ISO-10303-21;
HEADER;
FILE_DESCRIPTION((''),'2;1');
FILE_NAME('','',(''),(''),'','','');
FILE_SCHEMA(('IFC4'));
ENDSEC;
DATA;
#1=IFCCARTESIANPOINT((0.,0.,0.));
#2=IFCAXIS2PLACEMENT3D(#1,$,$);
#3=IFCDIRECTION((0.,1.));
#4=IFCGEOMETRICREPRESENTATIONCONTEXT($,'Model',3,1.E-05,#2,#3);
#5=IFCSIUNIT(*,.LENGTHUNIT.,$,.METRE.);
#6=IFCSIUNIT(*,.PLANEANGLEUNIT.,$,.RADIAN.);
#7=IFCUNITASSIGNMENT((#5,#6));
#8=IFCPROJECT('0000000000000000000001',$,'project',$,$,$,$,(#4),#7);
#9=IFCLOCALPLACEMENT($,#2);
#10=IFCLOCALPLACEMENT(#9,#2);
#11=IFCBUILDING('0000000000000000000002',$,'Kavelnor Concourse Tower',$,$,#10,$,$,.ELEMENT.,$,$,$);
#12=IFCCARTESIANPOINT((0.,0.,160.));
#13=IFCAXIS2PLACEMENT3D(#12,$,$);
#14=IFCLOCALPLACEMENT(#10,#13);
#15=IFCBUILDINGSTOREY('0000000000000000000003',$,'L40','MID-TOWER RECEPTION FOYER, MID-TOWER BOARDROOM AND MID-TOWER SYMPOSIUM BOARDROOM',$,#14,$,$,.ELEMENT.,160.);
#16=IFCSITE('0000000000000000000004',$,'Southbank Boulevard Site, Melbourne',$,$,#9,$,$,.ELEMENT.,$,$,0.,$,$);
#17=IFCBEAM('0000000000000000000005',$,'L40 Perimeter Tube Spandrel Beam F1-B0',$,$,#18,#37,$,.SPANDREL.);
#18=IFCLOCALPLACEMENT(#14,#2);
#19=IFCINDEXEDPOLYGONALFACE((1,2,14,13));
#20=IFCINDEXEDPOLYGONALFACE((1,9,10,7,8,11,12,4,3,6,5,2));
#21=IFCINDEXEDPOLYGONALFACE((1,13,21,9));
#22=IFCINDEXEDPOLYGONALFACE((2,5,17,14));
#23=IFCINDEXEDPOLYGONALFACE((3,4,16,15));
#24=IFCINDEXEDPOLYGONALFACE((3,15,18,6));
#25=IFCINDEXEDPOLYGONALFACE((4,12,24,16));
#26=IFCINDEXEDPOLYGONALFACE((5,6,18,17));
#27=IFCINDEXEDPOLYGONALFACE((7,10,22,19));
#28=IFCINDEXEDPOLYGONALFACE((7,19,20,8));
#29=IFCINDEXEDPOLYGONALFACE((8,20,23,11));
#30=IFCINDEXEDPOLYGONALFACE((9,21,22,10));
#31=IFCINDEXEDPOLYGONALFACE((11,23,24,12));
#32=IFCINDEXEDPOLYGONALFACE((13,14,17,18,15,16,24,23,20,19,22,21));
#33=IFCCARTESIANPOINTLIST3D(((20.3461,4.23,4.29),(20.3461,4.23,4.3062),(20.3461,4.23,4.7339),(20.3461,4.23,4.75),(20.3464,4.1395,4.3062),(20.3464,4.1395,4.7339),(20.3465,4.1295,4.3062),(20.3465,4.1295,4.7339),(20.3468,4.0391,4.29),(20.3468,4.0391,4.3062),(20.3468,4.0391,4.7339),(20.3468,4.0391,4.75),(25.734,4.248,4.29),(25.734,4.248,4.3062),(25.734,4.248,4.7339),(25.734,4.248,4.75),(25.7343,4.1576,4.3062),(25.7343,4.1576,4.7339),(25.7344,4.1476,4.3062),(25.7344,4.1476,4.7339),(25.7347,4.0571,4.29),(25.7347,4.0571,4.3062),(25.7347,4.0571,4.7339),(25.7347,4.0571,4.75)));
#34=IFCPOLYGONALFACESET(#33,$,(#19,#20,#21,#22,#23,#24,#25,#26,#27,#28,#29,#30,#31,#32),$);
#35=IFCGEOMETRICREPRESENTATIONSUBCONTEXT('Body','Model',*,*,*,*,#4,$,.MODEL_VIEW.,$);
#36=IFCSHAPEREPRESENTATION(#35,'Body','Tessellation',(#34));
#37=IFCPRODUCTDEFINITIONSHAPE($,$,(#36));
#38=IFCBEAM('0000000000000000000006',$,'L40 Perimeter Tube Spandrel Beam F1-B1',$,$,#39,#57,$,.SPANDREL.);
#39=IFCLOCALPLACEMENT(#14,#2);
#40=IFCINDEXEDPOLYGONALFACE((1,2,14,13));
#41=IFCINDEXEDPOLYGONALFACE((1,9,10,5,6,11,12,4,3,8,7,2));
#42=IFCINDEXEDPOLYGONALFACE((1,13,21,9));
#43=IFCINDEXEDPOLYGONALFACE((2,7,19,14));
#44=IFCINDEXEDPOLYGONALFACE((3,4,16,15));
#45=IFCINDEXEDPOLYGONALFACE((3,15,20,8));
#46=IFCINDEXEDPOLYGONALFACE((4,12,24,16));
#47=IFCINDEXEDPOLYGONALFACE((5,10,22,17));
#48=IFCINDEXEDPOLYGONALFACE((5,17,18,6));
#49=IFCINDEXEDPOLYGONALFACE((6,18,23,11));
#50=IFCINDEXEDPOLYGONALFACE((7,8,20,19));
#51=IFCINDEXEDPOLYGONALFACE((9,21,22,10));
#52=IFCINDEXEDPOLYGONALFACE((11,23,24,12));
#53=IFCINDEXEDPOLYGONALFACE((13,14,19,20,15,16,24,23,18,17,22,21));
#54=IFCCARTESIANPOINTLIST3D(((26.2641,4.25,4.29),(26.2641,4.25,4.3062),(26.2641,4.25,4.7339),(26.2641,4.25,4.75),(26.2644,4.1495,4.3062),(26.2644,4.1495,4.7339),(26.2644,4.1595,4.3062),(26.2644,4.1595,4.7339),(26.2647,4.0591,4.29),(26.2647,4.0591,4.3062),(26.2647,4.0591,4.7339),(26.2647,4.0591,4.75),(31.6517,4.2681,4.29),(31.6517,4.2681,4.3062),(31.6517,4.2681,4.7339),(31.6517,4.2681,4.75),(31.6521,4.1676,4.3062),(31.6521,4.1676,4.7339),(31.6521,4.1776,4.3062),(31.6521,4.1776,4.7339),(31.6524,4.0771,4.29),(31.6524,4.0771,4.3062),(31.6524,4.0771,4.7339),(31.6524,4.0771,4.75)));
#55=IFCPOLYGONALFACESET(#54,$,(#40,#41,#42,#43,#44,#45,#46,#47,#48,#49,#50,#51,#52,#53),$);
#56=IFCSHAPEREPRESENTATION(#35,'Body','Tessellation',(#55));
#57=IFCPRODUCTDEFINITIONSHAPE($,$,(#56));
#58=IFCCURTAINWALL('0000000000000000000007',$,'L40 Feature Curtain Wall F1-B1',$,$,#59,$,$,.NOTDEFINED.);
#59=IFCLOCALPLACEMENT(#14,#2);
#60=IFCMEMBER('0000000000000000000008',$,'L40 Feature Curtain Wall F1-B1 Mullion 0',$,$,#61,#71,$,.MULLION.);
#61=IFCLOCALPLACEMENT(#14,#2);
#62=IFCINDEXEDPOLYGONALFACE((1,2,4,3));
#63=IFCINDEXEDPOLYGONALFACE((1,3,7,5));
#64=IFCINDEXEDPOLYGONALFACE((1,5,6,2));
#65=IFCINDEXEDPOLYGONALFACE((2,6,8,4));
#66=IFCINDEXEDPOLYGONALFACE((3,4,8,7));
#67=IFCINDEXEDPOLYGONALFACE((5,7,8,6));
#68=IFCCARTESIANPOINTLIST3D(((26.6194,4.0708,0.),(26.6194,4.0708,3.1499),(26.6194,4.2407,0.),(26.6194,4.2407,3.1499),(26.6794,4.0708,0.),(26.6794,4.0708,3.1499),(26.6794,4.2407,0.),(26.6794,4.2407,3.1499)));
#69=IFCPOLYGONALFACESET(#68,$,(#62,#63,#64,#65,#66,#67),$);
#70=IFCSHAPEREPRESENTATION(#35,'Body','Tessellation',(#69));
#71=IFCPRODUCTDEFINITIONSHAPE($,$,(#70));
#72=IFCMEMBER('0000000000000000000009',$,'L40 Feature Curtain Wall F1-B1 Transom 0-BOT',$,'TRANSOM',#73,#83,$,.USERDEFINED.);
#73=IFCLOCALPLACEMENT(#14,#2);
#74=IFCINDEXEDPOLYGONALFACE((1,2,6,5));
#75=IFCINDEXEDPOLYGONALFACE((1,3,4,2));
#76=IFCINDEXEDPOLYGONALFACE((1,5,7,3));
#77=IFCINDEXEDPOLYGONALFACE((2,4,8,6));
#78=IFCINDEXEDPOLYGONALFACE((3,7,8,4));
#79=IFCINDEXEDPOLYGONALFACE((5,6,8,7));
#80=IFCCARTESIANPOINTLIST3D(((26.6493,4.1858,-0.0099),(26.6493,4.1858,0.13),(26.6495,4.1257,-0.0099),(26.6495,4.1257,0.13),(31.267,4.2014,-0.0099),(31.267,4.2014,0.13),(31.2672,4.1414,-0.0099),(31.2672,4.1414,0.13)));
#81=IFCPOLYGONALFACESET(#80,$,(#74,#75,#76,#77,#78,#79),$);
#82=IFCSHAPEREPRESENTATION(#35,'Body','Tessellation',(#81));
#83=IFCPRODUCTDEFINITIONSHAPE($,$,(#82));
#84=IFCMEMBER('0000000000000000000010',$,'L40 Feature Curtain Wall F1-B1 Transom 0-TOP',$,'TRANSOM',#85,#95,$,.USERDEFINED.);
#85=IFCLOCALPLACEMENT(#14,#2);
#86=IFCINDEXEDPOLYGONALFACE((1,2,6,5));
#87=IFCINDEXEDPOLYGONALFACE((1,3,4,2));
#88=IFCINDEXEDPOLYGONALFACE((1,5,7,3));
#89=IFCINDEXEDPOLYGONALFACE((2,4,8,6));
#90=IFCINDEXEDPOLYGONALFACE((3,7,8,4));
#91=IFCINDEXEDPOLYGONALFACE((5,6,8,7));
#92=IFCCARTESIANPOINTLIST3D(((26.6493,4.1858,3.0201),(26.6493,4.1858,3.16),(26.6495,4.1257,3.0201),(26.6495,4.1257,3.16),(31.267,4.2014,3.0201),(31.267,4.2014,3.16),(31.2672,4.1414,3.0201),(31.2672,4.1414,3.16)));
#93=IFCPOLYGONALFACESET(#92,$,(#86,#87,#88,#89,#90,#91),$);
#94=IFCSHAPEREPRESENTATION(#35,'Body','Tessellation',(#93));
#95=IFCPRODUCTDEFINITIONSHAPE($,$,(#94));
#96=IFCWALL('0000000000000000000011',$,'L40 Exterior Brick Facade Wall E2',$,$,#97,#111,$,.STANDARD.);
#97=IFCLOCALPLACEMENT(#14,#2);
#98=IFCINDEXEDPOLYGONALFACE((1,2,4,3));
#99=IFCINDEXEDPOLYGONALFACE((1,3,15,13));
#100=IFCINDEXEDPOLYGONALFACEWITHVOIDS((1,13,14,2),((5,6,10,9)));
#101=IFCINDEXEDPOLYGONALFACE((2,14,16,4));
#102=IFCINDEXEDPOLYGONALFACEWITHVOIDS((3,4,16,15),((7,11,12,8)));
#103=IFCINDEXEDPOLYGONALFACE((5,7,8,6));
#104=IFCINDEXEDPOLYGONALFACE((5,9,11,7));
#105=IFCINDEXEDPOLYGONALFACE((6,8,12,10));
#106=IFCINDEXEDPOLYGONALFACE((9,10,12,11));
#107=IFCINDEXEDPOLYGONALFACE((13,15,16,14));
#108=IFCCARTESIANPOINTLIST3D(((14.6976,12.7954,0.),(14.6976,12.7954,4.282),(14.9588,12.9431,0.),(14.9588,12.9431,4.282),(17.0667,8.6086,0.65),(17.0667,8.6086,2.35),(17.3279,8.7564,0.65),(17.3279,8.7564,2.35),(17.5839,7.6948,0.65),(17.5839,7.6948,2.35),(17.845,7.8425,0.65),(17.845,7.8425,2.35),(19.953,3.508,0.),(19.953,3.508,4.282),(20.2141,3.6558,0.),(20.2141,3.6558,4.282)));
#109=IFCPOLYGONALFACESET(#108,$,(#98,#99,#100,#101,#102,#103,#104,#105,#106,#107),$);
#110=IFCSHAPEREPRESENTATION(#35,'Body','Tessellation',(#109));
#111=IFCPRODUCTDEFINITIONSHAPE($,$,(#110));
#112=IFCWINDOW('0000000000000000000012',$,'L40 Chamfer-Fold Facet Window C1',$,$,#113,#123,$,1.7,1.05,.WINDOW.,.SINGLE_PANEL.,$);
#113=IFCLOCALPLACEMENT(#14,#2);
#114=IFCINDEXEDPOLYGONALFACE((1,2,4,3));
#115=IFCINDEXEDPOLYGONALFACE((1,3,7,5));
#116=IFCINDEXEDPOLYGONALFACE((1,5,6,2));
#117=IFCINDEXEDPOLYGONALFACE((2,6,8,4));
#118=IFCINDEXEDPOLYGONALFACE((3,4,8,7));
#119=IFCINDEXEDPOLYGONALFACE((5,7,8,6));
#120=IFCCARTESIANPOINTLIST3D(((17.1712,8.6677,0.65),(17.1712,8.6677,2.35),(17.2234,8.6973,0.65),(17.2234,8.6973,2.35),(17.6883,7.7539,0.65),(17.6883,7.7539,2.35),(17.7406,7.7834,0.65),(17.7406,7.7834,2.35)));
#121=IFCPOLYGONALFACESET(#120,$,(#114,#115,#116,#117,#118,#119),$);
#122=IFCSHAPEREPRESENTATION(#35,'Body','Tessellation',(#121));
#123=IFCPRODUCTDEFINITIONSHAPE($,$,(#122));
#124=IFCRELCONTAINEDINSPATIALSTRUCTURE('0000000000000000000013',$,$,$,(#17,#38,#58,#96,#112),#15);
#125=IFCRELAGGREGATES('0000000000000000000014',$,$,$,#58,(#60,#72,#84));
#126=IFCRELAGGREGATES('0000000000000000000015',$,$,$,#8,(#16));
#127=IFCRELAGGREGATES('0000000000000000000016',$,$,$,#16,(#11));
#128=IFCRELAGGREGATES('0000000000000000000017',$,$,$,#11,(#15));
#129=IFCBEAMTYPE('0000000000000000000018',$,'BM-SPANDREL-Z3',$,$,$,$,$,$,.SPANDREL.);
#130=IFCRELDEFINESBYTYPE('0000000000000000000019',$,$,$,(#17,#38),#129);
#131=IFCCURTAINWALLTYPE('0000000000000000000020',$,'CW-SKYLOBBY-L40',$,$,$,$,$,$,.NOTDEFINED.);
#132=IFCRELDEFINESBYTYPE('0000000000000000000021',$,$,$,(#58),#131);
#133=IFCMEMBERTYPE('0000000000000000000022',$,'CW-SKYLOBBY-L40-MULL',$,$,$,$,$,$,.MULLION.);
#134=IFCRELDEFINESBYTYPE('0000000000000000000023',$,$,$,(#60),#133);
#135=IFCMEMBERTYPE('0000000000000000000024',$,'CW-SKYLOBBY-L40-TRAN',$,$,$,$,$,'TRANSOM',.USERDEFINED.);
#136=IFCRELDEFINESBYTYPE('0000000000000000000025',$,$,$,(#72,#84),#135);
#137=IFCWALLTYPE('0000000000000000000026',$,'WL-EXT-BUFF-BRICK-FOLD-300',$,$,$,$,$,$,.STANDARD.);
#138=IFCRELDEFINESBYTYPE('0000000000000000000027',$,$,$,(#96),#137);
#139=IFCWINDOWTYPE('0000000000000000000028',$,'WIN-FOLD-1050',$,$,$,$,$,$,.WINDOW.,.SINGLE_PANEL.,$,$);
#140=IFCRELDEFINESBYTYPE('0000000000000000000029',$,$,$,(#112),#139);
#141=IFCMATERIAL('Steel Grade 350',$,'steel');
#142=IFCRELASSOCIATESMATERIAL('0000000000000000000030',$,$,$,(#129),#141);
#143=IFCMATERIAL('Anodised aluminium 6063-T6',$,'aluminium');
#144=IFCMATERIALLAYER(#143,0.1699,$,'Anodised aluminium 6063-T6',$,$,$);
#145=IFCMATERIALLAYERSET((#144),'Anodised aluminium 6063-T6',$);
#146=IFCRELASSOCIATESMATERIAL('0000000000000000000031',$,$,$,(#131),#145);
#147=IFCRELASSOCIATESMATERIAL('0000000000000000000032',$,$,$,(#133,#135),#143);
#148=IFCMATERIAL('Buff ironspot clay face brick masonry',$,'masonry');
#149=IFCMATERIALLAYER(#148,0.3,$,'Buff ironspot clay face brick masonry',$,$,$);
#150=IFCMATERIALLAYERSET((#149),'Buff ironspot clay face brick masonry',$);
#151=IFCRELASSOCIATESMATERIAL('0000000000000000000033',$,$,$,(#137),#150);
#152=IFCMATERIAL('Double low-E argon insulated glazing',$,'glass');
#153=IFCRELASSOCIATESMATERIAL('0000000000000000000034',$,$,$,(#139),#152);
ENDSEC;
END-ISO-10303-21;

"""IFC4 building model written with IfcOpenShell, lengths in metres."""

from ifc_helpers import new_model, si_unit, direction, frame, frame_2d, origin, origin_2d, place, context, subcontext, project, spatial, rectangle, i_section, extrude, material, layer, layer_set, material_profile, profile_set, type_object, element, fill, aggregate, save


model = new_model("IFC4")

# Units and contexts
model_context = context("Model", 3, precision=1e-05, world=origin(), true_north=direction((0.0, 1.0)))
body_context = subcontext(model_context, "Body", "Model", "MODEL_VIEW")
ifc_project = project(units=[si_unit("LENGTHUNIT", "METRE"), si_unit("PLANEANGLEUNIT", "RADIAN")], contexts=[model_context])

# Site, building, storey
site_placement = place(None, origin())
site = spatial("IfcSite", under=ifc_project, at=site_placement, Name="Southbank Boulevard Site, Melbourne", CompositionType="ELEMENT", RefElevation=0.0)
building_placement = place(site_placement, origin())
building = spatial("IfcBuilding", under=site, at=building_placement, Name="Kavelnor Concourse Tower", CompositionType="ELEMENT")
storey_placement = place(building_placement, frame((0.0, 0.0, 160.0)))
storey = spatial("IfcBuildingStorey", under=building, at=storey_placement, Name="L40", Description="MID-TOWER RECEPTION FOYER, MID-TOWER BOARDROOM AND MID-TOWER SYMPOSIUM BOARDROOM", CompositionType="ELEMENT", Elevation=160.0)

# Shared definitions
ifc_material_1 = material(Name="Steel Grade 350", Category="steel")

# Beams
ifc_material_profile_1 = material_profile(ifc_material_1, i_section(OverallWidth=0.1909, OverallDepth=0.46, WebThickness=0.01, FlangeThickness=0.0161, at=origin_2d()), Name="460UB82")
ifc_profile_set_1 = profile_set([ifc_material_profile_1], Name="Steel Grade 350")
beam_type_1 = type_object("IfcBeamType", Name="BM-SPANDREL-Z3", PredefinedType="SPANDREL", material=ifc_profile_set_1)
beam_1_placement = place(storey_placement, frame((20.3464, 4.1345, 4.52), z_axis=(0.999994, 0.003353, 0.0), x_axis=(-0.003353, 0.999994, 0.0)))
element("IfcBeam", 1, at=beam_1_placement, inside=storey, type_object=beam_type_1, Name="L40 Perimeter Tube Spandrel Beam F1-B0", PredefinedType="SPANDREL", context=body_context, shape_type="SweptSolid", body=[
    extrude(i_section(OverallWidth=0.1909, OverallDepth=0.46, WebThickness=0.01, FlangeThickness=0.0161, at=origin_2d()), origin(), (0.0, 0.0, 1.0), 5.3879),
])
beam_2_placement = place(storey_placement, frame((26.2644, 4.1545, 4.52), z_axis=(0.999994, 0.003353, 0.0), x_axis=(-0.003353, 0.999994, 0.0)))
element("IfcBeam", 2, at=beam_2_placement, inside=storey, type_object=beam_type_1, Name="L40 Perimeter Tube Spandrel Beam F1-B1", PredefinedType="SPANDREL", context=body_context, shape_type="SweptSolid", body=[
    extrude(i_section(OverallWidth=0.1909, OverallDepth=0.46, WebThickness=0.01, FlangeThickness=0.0161, at=origin_2d()), origin(), (0.0, 0.0, 1.0), 5.3877),
])

# Curtain wall, members
ifc_material_2 = material(Name="Anodised aluminium 6063-T6", Category="aluminium")
ifc_layer_1 = layer(ifc_material_2, 0.1699, Name="Anodised aluminium 6063-T6")
ifc_layer_set_1 = layer_set([ifc_layer_1], Name="Anodised aluminium 6063-T6")
curtain_wall_type = type_object("IfcCurtainWallType", Name="CW-SKYLOBBY-L40", PredefinedType="NOTDEFINED", material=ifc_layer_set_1)
curtain_wall_placement = place(storey_placement, origin())
curtain_wall = element("IfcCurtainWall", 3, at=curtain_wall_placement, inside=storey, type_object=curtain_wall_type, Name="L40 Feature Curtain Wall F1-B1", PredefinedType="NOTDEFINED")
ifc_material_profile_2 = material_profile(ifc_material_2, rectangle(XDim=0.0601, YDim=0.1699, at=origin_2d()), Name="AL-MULL 60x170")
ifc_profile_set_2 = profile_set([ifc_material_profile_2], Name="Anodised aluminium 6063-T6")
member_type_1 = type_object("IfcMemberType", Name="CW-SKYLOBBY-L40-MULL", PredefinedType="MULLION", material=ifc_profile_set_2)
member_1_placement = place(storey_placement, frame((26.6494, 4.1558, 0.0), z_axis=(0.0, 0.0, 1.0), x_axis=(1.0, 0.0, 0.0)))
member_1 = element("IfcMember", 4, at=member_1_placement, type_object=member_type_1, Name="L40 Feature Curtain Wall F1-B1 Mullion 0", PredefinedType="MULLION", context=body_context, shape_type="SweptSolid", body=[
    extrude(rectangle(XDim=0.0601, YDim=0.1699, at=origin_2d()), origin(), (0.0, 0.0, 1.0), 3.1499),
])
ifc_material_profile_3 = material_profile(ifc_material_2, rectangle(XDim=0.0601, YDim=0.1399, at=origin_2d()), Name="AL-TRAN 60x140")
ifc_profile_set_3 = profile_set([ifc_material_profile_3], Name="Anodised aluminium 6063-T6")
member_type_2 = type_object("IfcMemberType", Name="CW-SKYLOBBY-L40-TRAN", ElementType="TRANSOM", PredefinedType="USERDEFINED", material=ifc_profile_set_3)
member_2_placement = place(storey_placement, frame((26.6494, 4.1558, 0.0601), z_axis=(0.999994, 0.003384, 0.0), x_axis=(-0.003384, 0.999994, 0.0)))
member_2 = element("IfcMember", 5, at=member_2_placement, type_object=member_type_2, Name="L40 Feature Curtain Wall F1-B1 Transom 0-BOT", ObjectType="TRANSOM", PredefinedType="USERDEFINED", context=body_context, shape_type="SweptSolid", body=[
    extrude(rectangle(XDim=0.0601, YDim=0.1399, at=origin_2d()), origin(), (0.0, 0.0, 1.0), 4.6177),
])
member_3_placement = place(storey_placement, frame((26.6494, 4.1558, 3.0901), z_axis=(0.999994, 0.003384, 0.0), x_axis=(-0.003384, 0.999994, 0.0)))
member_3 = element("IfcMember", 6, at=member_3_placement, type_object=member_type_2, Name="L40 Feature Curtain Wall F1-B1 Transom 0-TOP", ObjectType="TRANSOM", PredefinedType="USERDEFINED", context=body_context, shape_type="SweptSolid", body=[
    extrude(rectangle(XDim=0.0601, YDim=0.1399, at=origin_2d()), origin(), (0.0, 0.0, 1.0), 4.6177),
])
aggregate(curtain_wall, [member_1, member_2, member_3])

# Wall, opening, window
ifc_material_3 = material(Name="Buff ironspot clay face brick masonry", Category="masonry")
ifc_layer_2 = layer(ifc_material_3, 0.3, Name="Buff ironspot clay face brick masonry")
ifc_layer_set_2 = layer_set([ifc_layer_2], Name="Buff ironspot clay face brick masonry")
wall_type_1 = type_object("IfcWallType", Name="WL-EXT-BUFF-BRICK-FOLD-300", PredefinedType="STANDARD", material=ifc_layer_set_2)
wall_1_placement = place(storey_placement, frame((20.0835, 3.582, 0.0), z_axis=(0.0, 0.0, 1.0), x_axis=(-0.492483, 0.870322, 0.0)))
wall_1 = element("IfcWall", 7, at=wall_1_placement, inside=storey, type_object=wall_type_1, Name="L40 Exterior Brick Facade Wall E2", PredefinedType="STANDARD", context=body_context, shape_type="SweptSolid", body=[
    extrude(rectangle(XDim=10.6711, YDim=0.3, at=frame_2d((5.3354, 0.0))), origin(), (0.0, 0.0, 1.0), 4.282),
])
opening_1_placement = place(wall_1_placement, frame((4.8105, 0.0, 0.6499)))
opening_1 = element("IfcOpeningElement", 8, at=opening_1_placement, cuts=wall_1, PredefinedType="OPENING", context=body_context, shape_type="SweptSolid", body=[
    extrude(rectangle(XDim=1.05, YDim=1.7, at=frame_2d((0.5249, 0.8501))), frame((0.0, 0.1602, 0.0), z_axis=(0.0, -1.0, 0.0), x_axis=(1.0, 0.0, 0.0)), (0.0, 0.0, 1.0), 0.3201),
])
ifc_material_4 = material(Name="Double low-E argon insulated glazing", Category="glass")
window_type = type_object("IfcWindowType", Name="WIN-FOLD-1050", PartitioningType="SINGLE_PANEL", PredefinedType="WINDOW", material=ifc_material_4)
window_placement = place(opening_1_placement, origin())
window = element("IfcWindow", 9, at=window_placement, inside=storey, type_object=window_type, Name="L40 Chamfer-Fold Facet Window C1", OverallHeight=1.7, OverallWidth=1.05, PartitioningType="SINGLE_PANEL", PredefinedType="WINDOW", context=body_context, shape_type="SweptSolid", body=[
    extrude(rectangle(XDim=1.05, YDim=1.7, at=frame_2d((0.5249, 0.8501))), frame((0.0, 0.03, 0.0), z_axis=(0.0, -1.0, 0.0), x_axis=(1.0, 0.0, 0.0)), (0.0, 0.0, 1.0), 0.0601),
])
fill(opening_1, window)

save(model, "model.ifc")
